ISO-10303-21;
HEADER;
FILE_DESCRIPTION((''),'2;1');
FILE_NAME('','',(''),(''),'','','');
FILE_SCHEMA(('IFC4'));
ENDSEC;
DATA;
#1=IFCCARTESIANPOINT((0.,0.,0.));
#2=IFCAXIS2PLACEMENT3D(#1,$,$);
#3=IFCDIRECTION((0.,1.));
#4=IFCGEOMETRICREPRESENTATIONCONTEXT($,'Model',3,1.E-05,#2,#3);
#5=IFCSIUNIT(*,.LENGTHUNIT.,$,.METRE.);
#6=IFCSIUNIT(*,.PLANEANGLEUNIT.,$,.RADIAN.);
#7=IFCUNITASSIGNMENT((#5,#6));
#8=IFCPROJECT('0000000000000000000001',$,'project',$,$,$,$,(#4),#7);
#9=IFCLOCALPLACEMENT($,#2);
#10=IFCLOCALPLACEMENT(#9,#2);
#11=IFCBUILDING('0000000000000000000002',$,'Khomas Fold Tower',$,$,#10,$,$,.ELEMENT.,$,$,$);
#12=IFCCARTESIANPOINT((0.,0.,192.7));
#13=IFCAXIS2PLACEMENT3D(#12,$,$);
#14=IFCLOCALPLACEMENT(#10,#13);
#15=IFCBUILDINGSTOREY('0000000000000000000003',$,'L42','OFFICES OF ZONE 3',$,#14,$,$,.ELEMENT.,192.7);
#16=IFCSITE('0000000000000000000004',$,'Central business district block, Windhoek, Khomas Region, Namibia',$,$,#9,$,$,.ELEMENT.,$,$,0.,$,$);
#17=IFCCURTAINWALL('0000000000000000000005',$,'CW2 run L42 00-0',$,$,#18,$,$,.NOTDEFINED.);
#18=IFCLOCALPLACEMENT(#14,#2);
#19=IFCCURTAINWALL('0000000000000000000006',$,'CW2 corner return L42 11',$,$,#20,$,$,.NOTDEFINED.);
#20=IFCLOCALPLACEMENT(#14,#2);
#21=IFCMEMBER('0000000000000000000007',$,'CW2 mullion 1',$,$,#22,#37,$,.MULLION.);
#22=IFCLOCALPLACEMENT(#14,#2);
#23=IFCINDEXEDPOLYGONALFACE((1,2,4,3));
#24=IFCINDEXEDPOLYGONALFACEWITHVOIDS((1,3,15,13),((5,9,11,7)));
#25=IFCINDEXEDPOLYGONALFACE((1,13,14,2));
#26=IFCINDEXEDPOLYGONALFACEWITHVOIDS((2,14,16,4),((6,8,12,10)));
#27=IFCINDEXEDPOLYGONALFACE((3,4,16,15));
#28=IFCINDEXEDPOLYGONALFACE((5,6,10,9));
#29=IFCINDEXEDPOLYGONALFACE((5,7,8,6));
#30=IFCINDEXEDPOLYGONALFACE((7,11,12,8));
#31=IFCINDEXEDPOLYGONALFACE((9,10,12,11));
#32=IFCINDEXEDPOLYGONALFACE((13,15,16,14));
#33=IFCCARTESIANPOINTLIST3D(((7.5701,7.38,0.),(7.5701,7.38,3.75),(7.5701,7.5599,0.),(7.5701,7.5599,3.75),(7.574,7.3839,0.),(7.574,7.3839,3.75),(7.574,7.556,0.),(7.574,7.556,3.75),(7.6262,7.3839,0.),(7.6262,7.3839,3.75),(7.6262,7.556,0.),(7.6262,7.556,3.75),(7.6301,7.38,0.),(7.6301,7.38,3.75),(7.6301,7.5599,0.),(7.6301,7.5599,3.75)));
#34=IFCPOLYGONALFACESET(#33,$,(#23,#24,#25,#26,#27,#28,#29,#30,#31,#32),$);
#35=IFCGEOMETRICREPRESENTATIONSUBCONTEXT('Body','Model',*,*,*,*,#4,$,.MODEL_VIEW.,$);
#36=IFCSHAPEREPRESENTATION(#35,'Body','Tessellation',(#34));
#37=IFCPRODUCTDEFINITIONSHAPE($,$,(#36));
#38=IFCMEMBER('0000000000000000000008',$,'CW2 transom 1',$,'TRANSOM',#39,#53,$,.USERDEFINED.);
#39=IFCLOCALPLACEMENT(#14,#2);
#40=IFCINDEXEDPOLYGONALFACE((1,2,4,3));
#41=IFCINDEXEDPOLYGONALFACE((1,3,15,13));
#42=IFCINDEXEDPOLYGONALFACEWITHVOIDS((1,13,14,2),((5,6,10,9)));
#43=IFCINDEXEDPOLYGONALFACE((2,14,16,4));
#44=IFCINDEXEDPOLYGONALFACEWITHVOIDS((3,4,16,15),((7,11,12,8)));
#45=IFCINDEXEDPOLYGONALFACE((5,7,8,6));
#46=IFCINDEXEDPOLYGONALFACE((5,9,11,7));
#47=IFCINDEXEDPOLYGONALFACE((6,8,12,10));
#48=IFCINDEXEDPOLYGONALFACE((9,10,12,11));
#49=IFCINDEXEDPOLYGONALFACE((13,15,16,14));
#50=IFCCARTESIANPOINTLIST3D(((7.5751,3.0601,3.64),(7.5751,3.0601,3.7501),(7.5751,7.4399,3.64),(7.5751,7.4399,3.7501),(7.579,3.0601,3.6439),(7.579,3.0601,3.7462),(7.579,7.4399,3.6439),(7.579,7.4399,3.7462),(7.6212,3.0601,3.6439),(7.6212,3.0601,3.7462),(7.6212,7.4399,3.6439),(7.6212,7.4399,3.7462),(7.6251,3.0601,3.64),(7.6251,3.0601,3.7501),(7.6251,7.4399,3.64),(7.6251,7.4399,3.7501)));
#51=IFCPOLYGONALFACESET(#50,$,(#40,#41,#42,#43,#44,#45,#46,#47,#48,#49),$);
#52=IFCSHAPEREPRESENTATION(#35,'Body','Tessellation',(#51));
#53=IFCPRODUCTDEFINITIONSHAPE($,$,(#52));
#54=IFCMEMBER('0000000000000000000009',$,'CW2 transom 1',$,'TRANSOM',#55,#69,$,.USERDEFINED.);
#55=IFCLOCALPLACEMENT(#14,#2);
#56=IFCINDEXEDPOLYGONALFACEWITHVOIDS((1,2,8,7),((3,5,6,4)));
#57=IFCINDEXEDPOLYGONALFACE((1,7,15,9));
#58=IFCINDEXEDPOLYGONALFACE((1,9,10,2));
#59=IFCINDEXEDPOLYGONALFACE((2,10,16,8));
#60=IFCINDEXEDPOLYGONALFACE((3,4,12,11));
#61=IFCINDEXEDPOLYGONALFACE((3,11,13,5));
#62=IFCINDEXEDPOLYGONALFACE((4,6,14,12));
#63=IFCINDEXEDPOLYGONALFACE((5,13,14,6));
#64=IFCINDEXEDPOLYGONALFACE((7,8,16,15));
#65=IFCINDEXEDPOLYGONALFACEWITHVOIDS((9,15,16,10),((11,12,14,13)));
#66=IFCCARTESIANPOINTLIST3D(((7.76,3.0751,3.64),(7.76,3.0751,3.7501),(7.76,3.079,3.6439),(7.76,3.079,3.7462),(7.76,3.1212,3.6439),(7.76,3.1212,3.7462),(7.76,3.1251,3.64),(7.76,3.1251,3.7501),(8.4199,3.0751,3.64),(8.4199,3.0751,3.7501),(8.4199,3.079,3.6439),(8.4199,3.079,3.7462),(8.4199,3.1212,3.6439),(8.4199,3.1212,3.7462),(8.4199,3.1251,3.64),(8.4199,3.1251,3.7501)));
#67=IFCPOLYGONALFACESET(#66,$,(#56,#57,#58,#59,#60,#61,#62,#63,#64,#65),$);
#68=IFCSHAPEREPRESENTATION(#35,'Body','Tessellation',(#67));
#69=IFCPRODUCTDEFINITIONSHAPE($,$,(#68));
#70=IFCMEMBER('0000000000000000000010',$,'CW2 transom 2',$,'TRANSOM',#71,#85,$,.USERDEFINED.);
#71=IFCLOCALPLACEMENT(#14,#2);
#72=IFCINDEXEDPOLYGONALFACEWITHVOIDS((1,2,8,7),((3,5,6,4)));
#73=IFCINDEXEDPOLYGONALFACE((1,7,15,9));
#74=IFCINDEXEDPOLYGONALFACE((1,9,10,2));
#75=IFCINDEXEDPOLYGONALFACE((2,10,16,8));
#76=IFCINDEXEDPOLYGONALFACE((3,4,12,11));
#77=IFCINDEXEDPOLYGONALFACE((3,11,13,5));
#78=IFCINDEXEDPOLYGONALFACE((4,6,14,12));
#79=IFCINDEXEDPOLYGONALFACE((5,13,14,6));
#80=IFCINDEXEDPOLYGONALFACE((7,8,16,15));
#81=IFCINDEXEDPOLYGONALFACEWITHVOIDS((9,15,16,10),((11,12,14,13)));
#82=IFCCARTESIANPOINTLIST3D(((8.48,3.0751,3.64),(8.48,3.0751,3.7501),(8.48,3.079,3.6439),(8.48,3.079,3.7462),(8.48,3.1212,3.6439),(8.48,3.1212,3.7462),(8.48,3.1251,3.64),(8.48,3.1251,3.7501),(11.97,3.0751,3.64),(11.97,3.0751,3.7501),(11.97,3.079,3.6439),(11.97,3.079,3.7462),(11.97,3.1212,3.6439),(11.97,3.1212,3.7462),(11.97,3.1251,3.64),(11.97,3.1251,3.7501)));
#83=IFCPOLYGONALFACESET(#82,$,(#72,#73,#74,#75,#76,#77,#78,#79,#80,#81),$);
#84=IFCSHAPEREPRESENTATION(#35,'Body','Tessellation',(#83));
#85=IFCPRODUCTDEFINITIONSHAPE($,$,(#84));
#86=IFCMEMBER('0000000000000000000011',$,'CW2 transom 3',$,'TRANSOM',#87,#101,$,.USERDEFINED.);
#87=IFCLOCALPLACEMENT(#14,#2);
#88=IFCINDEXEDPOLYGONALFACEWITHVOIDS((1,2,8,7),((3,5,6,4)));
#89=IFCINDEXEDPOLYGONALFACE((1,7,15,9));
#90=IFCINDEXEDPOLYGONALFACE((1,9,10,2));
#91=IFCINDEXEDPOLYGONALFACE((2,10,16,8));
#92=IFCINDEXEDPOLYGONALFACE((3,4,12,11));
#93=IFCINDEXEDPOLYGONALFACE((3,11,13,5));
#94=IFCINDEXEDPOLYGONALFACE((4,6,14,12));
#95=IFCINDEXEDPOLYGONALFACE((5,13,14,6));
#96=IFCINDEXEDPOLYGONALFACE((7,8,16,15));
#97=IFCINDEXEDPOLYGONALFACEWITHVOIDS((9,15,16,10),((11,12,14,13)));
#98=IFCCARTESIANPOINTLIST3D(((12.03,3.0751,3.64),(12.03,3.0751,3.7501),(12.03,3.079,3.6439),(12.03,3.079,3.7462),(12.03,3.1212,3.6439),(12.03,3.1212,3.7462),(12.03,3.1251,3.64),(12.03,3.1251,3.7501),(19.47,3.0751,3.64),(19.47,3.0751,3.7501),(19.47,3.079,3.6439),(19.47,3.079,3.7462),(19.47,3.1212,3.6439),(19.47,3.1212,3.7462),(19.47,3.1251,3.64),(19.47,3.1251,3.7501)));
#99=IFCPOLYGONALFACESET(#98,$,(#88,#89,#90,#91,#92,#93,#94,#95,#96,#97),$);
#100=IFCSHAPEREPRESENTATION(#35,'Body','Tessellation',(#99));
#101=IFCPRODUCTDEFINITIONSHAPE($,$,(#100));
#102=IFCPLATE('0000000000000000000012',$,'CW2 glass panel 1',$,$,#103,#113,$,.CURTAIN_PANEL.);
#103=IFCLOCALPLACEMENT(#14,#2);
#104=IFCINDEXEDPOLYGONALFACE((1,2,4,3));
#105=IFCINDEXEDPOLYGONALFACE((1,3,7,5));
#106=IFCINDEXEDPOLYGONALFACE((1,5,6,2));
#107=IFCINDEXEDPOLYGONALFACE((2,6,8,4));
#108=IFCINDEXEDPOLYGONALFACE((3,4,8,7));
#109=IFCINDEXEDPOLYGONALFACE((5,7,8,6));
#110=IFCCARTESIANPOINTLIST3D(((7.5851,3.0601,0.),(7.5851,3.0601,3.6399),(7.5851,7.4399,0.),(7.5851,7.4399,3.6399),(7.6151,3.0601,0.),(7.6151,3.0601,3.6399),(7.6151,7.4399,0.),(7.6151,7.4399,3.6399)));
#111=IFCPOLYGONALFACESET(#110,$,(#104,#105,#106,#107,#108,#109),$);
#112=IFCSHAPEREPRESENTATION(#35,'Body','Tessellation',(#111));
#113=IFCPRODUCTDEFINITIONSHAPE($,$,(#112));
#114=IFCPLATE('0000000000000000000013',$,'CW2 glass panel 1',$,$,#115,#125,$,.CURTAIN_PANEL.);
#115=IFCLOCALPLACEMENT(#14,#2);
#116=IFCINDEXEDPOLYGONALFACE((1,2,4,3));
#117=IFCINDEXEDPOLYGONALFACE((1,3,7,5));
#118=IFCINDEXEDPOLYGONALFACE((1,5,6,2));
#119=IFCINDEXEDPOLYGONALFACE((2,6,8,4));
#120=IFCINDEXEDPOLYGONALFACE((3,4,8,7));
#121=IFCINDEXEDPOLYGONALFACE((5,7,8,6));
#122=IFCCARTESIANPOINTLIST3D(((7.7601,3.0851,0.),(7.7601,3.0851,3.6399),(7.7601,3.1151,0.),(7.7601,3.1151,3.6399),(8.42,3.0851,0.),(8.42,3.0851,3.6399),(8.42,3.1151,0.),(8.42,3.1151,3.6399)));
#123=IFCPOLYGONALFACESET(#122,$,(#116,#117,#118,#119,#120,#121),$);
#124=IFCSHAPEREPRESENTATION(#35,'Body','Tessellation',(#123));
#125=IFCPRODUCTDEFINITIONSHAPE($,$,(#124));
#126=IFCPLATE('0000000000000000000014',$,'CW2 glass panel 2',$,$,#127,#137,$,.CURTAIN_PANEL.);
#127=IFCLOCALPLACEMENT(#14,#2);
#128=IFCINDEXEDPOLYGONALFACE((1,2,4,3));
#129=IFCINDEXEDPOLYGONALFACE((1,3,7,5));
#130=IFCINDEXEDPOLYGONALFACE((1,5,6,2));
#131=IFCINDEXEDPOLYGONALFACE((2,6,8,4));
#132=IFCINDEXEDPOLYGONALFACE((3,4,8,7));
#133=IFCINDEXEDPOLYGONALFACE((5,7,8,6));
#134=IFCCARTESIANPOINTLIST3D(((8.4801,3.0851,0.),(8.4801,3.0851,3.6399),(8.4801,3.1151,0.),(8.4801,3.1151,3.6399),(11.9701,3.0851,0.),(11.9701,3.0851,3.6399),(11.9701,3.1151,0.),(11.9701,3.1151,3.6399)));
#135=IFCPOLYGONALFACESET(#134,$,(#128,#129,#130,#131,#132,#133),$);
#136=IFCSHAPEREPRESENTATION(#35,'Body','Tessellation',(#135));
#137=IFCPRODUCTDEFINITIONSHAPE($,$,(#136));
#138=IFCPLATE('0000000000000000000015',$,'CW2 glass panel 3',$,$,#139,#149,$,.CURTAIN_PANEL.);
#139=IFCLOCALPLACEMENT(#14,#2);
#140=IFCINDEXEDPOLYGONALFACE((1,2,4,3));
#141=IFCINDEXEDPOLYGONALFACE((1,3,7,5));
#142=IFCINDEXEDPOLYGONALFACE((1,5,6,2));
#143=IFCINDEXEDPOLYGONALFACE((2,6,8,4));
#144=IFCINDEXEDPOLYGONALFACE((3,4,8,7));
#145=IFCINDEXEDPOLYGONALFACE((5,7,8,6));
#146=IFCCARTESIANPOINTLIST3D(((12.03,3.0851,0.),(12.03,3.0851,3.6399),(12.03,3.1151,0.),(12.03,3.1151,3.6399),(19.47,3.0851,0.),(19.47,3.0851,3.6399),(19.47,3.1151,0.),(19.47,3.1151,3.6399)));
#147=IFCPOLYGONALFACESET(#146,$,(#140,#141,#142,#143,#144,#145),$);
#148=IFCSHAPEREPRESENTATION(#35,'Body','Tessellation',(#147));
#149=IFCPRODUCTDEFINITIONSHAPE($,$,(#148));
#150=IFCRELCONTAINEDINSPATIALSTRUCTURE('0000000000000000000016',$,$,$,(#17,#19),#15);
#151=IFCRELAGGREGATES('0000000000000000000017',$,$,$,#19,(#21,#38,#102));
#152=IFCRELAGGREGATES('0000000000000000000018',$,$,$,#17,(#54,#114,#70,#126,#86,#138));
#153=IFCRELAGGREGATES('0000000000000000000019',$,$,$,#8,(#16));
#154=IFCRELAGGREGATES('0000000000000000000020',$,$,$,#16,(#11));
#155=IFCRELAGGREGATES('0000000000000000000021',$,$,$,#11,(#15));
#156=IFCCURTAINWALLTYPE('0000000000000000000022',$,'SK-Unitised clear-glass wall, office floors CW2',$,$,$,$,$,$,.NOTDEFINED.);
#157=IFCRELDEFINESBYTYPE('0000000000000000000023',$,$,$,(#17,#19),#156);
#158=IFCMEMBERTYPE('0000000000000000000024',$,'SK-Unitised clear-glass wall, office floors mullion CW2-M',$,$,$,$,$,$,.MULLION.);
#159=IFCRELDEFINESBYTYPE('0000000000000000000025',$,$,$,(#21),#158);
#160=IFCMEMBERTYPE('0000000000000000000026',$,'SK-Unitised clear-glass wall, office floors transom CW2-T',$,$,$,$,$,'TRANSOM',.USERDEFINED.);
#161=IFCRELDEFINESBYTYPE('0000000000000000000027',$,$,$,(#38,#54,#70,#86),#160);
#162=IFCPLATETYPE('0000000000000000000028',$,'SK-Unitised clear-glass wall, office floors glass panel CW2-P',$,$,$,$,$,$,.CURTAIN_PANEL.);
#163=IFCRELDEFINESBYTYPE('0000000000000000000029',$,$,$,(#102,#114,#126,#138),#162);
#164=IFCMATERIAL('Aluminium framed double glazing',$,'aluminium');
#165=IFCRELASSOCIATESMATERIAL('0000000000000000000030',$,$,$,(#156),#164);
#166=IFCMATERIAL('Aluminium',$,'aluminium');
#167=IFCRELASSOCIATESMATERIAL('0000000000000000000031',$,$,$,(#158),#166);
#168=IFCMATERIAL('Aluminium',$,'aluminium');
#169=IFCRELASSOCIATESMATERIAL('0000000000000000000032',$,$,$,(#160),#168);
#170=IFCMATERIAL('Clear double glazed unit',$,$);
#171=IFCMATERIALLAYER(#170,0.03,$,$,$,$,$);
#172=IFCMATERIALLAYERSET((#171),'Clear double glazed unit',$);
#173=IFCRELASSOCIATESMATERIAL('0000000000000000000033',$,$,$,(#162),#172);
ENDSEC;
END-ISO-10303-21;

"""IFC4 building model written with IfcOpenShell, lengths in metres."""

from ifc_helpers import new_model, si_unit, direction, frame, origin, origin_2d, place, context, subcontext, project, spatial, rectangle, hollow_rectangle, extrude, source, transform, mapped, material, layer, layer_set, material_profile, profile_set, type_object, element, aggregate, save


model = new_model("IFC4")

# Units and contexts
model_context = context("Model", 3, precision=1e-05, world=origin(), true_north=direction((0.0, 1.0)))
body_context = subcontext(model_context, "Body", "Model", "MODEL_VIEW")
ifc_project = project(units=[si_unit("LENGTHUNIT", "METRE"), si_unit("PLANEANGLEUNIT", "RADIAN")], contexts=[model_context])

# Site, building, storey
site_placement = place(None, origin())
site = spatial("IfcSite", under=ifc_project, at=site_placement, Name="Central business district block, Windhoek, Khomas Region, Namibia", CompositionType="ELEMENT", RefElevation=0.0)
building_placement = place(site_placement, origin())
building = spatial("IfcBuilding", under=site, at=building_placement, Name="Khomas Fold Tower", CompositionType="ELEMENT")
storey_placement = place(building_placement, frame((0.0, 0.0, 192.7)))
storey = spatial("IfcBuildingStorey", under=building, at=storey_placement, Name="L42", Description="OFFICES OF ZONE 3", CompositionType="ELEMENT", Elevation=192.7)

# Curtain walls, members
ifc_material_1 = material(Name="Aluminium framed double glazing", Category="aluminium")
curtain_wall_type = type_object("IfcCurtainWallType", Name="SK-Unitised clear-glass wall, office floors CW2", PredefinedType="NOTDEFINED", material=ifc_material_1)
curtain_wall_1_placement = place(storey_placement, origin())
curtain_wall_1 = element("IfcCurtainWall", 1, at=curtain_wall_1_placement, inside=storey, type_object=curtain_wall_type, Name="CW2 run L42 00-0", PredefinedType="NOTDEFINED")
ifc_material_2 = material(Name="Aluminium", Category="aluminium")
ifc_material_profile_1 = material_profile(ifc_material_2, hollow_rectangle(XDim=0.0601, YDim=0.1799, WallThickness=0.0039, at=origin_2d()), Name="SK-Unitised clear-glass wall, office floors mullion CW2-M")
ifc_profile_set_1 = profile_set([ifc_material_profile_1], Name="Aluminium")
member_type_1 = type_object("IfcMemberType", Name="SK-Unitised clear-glass wall, office floors mullion CW2-M", PredefinedType="MULLION", material=ifc_profile_set_1)
shared_shape_1 = source(origin(), body_context, "Body", "SweptSolid", [
    extrude(hollow_rectangle(XDim=0.0601, YDim=0.1799, WallThickness=0.0039, at=origin_2d()), origin(), (0.0, 0.0, 1.0), 3.75),
])
curtain_wall_2_placement = place(storey_placement, origin())
curtain_wall_2 = element("IfcCurtainWall", 2, at=curtain_wall_2_placement, inside=storey, type_object=curtain_wall_type, Name="CW2 corner return L42 11", PredefinedType="NOTDEFINED")
member_1_placement = place(storey_placement, frame((7.6001, 7.47, 0.0), z_axis=(0.0, 0.0, 1.0), x_axis=(1.0, 0.0, 0.0)))
member_1 = element("IfcMember", 3, at=member_1_placement, type_object=member_type_1, Name="CW2 mullion 1", PredefinedType="MULLION", context=body_context, shape_type="MappedRepresentation", body=[
    mapped(shared_shape_1, transform((0.0, 0.0, 0.0))),
])
ifc_material_3 = material(Name="Aluminium", Category="aluminium")
ifc_material_profile_2 = material_profile(ifc_material_3, hollow_rectangle(XDim=0.05, YDim=0.1101, WallThickness=0.0039, at=origin_2d()), Name="SK-Unitised clear-glass wall, office floors transom CW2-T")
ifc_profile_set_2 = profile_set([ifc_material_profile_2], Name="Aluminium")
member_type_2 = type_object("IfcMemberType", Name="SK-Unitised clear-glass wall, office floors transom CW2-T", ElementType="TRANSOM", PredefinedType="USERDEFINED", material=ifc_profile_set_2)
shared_shape_2 = source(origin(), body_context, "Body", "SweptSolid", [
    extrude(hollow_rectangle(XDim=0.05, YDim=0.1101, WallThickness=0.0039, at=origin_2d()), origin(), (0.0, 0.0, 1.0), 4.3799),
])
member_2_placement = place(storey_placement, frame((7.6001, 7.4399, 3.6951), z_axis=(0.0, -1.0, 0.0), x_axis=(1.0, 0.0, 0.0)))
member_2 = element("IfcMember", 4, at=member_2_placement, type_object=member_type_2, Name="CW2 transom 1", ObjectType="TRANSOM", PredefinedType="USERDEFINED", context=body_context, shape_type="MappedRepresentation", body=[
    mapped(shared_shape_2, transform((0.0, 0.0, 0.0))),
])

# Members
shared_shape_3 = source(origin(), body_context, "Body", "SweptSolid", [
    extrude(hollow_rectangle(XDim=0.05, YDim=0.1101, WallThickness=0.0039, at=origin_2d()), origin(), (0.0, 0.0, 1.0), 0.6599),
])
member_3_placement = place(storey_placement, frame((7.76, 3.1001, 3.6951), z_axis=(1.0, 0.0, 0.0), x_axis=(0.0, 1.0, 0.0)))
member_3 = element("IfcMember", 5, at=member_3_placement, type_object=member_type_2, Name="CW2 transom 1", ObjectType="TRANSOM", PredefinedType="USERDEFINED", context=body_context, shape_type="MappedRepresentation", body=[
    mapped(shared_shape_3, transform((0.0, 0.0, 0.0))),
])
shared_shape_4 = source(origin(), body_context, "Body", "SweptSolid", [
    extrude(hollow_rectangle(XDim=0.05, YDim=0.1101, WallThickness=0.0039, at=origin_2d()), origin(), (0.0, 0.0, 1.0), 3.49),
])
member_4_placement = place(storey_placement, frame((8.48, 3.1001, 3.6951), z_axis=(1.0, 0.0, 0.0), x_axis=(0.0, 1.0, 0.0)))
member_4 = element("IfcMember", 6, at=member_4_placement, type_object=member_type_2, Name="CW2 transom 2", ObjectType="TRANSOM", PredefinedType="USERDEFINED", context=body_context, shape_type="MappedRepresentation", body=[
    mapped(shared_shape_4, transform((0.0, 0.0, 0.0))),
])
shared_shape_5 = source(origin(), body_context, "Body", "SweptSolid", [
    extrude(hollow_rectangle(XDim=0.05, YDim=0.1101, WallThickness=0.0039, at=origin_2d()), origin(), (0.0, 0.0, 1.0), 7.4399),
])
member_5_placement = place(storey_placement, frame((12.03, 3.1001, 3.6951), z_axis=(1.0, 0.0, 0.0), x_axis=(0.0, 1.0, 0.0)))
member_5 = element("IfcMember", 7, at=member_5_placement, type_object=member_type_2, Name="CW2 transom 3", ObjectType="TRANSOM", PredefinedType="USERDEFINED", context=body_context, shape_type="MappedRepresentation", body=[
    mapped(shared_shape_5, transform((0.0, 0.0, 0.0))),
])

# Plates
ifc_material_4 = material(Name="Clear double glazed unit")
ifc_layer_1 = layer(ifc_material_4, 0.03)
ifc_layer_set_1 = layer_set([ifc_layer_1], Name="Clear double glazed unit")
plate_type = type_object("IfcPlateType", Name="SK-Unitised clear-glass wall, office floors glass panel CW2-P", PredefinedType="CURTAIN_PANEL", material=ifc_layer_set_1)
shared_shape_6 = source(origin(), body_context, "Body", "SweptSolid", [
    extrude(rectangle(XDim=4.3799, YDim=0.03, at=origin_2d()), origin(), (0.0, 0.0, 1.0), 3.6399),
])
plate_1_placement = place(storey_placement, frame((7.6001, 5.25, 0.0), z_axis=(0.0, 0.0, 1.0), x_axis=(0.0, -1.0, 0.0)))
plate_1 = element("IfcPlate", 8, at=plate_1_placement, type_object=plate_type, Name="CW2 glass panel 1", PredefinedType="CURTAIN_PANEL", context=body_context, shape_type="MappedRepresentation", body=[
    mapped(shared_shape_6, transform((0.0, 0.0, 0.0))),
])
aggregate(curtain_wall_2, [member_1, member_2, plate_1])
shared_shape_7 = source(origin(), body_context, "Body", "SweptSolid", [
    extrude(rectangle(XDim=0.6599, YDim=0.03, at=origin_2d()), origin(), (0.0, 0.0, 1.0), 3.6399),
])
plate_2_placement = place(storey_placement, frame((8.0901, 3.1001, 0.0), z_axis=(0.0, 0.0, 1.0), x_axis=(1.0, 0.0, 0.0)))
plate_2 = element("IfcPlate", 9, at=plate_2_placement, type_object=plate_type, Name="CW2 glass panel 1", PredefinedType="CURTAIN_PANEL", context=body_context, shape_type="MappedRepresentation", body=[
    mapped(shared_shape_7, transform((0.0, 0.0, 0.0))),
])
shared_shape_8 = source(origin(), body_context, "Body", "SweptSolid", [
    extrude(rectangle(XDim=3.49, YDim=0.03, at=origin_2d()), origin(), (0.0, 0.0, 1.0), 3.6399),
])
plate_3_placement = place(storey_placement, frame((10.2251, 3.1001, 0.0), z_axis=(0.0, 0.0, 1.0), x_axis=(1.0, 0.0, 0.0)))
plate_3 = element("IfcPlate", 10, at=plate_3_placement, type_object=plate_type, Name="CW2 glass panel 2", PredefinedType="CURTAIN_PANEL", context=body_context, shape_type="MappedRepresentation", body=[
    mapped(shared_shape_8, transform((0.0, 0.0, 0.0))),
])
shared_shape_9 = source(origin(), body_context, "Body", "SweptSolid", [
    extrude(rectangle(XDim=7.4399, YDim=0.03, at=origin_2d()), origin(), (0.0, 0.0, 1.0), 3.6399),
])
plate_4_placement = place(storey_placement, frame((15.75, 3.1001, 0.0), z_axis=(0.0, 0.0, 1.0), x_axis=(1.0, 0.0, 0.0)))
plate_4 = element("IfcPlate", 11, at=plate_4_placement, type_object=plate_type, Name="CW2 glass panel 3", PredefinedType="CURTAIN_PANEL", context=body_context, shape_type="MappedRepresentation", body=[
    mapped(shared_shape_9, transform((0.0, 0.0, 0.0))),
])
aggregate(curtain_wall_1, [member_3, plate_2, member_4, plate_3, member_5, plate_4])

save(model, "model.ifc")
